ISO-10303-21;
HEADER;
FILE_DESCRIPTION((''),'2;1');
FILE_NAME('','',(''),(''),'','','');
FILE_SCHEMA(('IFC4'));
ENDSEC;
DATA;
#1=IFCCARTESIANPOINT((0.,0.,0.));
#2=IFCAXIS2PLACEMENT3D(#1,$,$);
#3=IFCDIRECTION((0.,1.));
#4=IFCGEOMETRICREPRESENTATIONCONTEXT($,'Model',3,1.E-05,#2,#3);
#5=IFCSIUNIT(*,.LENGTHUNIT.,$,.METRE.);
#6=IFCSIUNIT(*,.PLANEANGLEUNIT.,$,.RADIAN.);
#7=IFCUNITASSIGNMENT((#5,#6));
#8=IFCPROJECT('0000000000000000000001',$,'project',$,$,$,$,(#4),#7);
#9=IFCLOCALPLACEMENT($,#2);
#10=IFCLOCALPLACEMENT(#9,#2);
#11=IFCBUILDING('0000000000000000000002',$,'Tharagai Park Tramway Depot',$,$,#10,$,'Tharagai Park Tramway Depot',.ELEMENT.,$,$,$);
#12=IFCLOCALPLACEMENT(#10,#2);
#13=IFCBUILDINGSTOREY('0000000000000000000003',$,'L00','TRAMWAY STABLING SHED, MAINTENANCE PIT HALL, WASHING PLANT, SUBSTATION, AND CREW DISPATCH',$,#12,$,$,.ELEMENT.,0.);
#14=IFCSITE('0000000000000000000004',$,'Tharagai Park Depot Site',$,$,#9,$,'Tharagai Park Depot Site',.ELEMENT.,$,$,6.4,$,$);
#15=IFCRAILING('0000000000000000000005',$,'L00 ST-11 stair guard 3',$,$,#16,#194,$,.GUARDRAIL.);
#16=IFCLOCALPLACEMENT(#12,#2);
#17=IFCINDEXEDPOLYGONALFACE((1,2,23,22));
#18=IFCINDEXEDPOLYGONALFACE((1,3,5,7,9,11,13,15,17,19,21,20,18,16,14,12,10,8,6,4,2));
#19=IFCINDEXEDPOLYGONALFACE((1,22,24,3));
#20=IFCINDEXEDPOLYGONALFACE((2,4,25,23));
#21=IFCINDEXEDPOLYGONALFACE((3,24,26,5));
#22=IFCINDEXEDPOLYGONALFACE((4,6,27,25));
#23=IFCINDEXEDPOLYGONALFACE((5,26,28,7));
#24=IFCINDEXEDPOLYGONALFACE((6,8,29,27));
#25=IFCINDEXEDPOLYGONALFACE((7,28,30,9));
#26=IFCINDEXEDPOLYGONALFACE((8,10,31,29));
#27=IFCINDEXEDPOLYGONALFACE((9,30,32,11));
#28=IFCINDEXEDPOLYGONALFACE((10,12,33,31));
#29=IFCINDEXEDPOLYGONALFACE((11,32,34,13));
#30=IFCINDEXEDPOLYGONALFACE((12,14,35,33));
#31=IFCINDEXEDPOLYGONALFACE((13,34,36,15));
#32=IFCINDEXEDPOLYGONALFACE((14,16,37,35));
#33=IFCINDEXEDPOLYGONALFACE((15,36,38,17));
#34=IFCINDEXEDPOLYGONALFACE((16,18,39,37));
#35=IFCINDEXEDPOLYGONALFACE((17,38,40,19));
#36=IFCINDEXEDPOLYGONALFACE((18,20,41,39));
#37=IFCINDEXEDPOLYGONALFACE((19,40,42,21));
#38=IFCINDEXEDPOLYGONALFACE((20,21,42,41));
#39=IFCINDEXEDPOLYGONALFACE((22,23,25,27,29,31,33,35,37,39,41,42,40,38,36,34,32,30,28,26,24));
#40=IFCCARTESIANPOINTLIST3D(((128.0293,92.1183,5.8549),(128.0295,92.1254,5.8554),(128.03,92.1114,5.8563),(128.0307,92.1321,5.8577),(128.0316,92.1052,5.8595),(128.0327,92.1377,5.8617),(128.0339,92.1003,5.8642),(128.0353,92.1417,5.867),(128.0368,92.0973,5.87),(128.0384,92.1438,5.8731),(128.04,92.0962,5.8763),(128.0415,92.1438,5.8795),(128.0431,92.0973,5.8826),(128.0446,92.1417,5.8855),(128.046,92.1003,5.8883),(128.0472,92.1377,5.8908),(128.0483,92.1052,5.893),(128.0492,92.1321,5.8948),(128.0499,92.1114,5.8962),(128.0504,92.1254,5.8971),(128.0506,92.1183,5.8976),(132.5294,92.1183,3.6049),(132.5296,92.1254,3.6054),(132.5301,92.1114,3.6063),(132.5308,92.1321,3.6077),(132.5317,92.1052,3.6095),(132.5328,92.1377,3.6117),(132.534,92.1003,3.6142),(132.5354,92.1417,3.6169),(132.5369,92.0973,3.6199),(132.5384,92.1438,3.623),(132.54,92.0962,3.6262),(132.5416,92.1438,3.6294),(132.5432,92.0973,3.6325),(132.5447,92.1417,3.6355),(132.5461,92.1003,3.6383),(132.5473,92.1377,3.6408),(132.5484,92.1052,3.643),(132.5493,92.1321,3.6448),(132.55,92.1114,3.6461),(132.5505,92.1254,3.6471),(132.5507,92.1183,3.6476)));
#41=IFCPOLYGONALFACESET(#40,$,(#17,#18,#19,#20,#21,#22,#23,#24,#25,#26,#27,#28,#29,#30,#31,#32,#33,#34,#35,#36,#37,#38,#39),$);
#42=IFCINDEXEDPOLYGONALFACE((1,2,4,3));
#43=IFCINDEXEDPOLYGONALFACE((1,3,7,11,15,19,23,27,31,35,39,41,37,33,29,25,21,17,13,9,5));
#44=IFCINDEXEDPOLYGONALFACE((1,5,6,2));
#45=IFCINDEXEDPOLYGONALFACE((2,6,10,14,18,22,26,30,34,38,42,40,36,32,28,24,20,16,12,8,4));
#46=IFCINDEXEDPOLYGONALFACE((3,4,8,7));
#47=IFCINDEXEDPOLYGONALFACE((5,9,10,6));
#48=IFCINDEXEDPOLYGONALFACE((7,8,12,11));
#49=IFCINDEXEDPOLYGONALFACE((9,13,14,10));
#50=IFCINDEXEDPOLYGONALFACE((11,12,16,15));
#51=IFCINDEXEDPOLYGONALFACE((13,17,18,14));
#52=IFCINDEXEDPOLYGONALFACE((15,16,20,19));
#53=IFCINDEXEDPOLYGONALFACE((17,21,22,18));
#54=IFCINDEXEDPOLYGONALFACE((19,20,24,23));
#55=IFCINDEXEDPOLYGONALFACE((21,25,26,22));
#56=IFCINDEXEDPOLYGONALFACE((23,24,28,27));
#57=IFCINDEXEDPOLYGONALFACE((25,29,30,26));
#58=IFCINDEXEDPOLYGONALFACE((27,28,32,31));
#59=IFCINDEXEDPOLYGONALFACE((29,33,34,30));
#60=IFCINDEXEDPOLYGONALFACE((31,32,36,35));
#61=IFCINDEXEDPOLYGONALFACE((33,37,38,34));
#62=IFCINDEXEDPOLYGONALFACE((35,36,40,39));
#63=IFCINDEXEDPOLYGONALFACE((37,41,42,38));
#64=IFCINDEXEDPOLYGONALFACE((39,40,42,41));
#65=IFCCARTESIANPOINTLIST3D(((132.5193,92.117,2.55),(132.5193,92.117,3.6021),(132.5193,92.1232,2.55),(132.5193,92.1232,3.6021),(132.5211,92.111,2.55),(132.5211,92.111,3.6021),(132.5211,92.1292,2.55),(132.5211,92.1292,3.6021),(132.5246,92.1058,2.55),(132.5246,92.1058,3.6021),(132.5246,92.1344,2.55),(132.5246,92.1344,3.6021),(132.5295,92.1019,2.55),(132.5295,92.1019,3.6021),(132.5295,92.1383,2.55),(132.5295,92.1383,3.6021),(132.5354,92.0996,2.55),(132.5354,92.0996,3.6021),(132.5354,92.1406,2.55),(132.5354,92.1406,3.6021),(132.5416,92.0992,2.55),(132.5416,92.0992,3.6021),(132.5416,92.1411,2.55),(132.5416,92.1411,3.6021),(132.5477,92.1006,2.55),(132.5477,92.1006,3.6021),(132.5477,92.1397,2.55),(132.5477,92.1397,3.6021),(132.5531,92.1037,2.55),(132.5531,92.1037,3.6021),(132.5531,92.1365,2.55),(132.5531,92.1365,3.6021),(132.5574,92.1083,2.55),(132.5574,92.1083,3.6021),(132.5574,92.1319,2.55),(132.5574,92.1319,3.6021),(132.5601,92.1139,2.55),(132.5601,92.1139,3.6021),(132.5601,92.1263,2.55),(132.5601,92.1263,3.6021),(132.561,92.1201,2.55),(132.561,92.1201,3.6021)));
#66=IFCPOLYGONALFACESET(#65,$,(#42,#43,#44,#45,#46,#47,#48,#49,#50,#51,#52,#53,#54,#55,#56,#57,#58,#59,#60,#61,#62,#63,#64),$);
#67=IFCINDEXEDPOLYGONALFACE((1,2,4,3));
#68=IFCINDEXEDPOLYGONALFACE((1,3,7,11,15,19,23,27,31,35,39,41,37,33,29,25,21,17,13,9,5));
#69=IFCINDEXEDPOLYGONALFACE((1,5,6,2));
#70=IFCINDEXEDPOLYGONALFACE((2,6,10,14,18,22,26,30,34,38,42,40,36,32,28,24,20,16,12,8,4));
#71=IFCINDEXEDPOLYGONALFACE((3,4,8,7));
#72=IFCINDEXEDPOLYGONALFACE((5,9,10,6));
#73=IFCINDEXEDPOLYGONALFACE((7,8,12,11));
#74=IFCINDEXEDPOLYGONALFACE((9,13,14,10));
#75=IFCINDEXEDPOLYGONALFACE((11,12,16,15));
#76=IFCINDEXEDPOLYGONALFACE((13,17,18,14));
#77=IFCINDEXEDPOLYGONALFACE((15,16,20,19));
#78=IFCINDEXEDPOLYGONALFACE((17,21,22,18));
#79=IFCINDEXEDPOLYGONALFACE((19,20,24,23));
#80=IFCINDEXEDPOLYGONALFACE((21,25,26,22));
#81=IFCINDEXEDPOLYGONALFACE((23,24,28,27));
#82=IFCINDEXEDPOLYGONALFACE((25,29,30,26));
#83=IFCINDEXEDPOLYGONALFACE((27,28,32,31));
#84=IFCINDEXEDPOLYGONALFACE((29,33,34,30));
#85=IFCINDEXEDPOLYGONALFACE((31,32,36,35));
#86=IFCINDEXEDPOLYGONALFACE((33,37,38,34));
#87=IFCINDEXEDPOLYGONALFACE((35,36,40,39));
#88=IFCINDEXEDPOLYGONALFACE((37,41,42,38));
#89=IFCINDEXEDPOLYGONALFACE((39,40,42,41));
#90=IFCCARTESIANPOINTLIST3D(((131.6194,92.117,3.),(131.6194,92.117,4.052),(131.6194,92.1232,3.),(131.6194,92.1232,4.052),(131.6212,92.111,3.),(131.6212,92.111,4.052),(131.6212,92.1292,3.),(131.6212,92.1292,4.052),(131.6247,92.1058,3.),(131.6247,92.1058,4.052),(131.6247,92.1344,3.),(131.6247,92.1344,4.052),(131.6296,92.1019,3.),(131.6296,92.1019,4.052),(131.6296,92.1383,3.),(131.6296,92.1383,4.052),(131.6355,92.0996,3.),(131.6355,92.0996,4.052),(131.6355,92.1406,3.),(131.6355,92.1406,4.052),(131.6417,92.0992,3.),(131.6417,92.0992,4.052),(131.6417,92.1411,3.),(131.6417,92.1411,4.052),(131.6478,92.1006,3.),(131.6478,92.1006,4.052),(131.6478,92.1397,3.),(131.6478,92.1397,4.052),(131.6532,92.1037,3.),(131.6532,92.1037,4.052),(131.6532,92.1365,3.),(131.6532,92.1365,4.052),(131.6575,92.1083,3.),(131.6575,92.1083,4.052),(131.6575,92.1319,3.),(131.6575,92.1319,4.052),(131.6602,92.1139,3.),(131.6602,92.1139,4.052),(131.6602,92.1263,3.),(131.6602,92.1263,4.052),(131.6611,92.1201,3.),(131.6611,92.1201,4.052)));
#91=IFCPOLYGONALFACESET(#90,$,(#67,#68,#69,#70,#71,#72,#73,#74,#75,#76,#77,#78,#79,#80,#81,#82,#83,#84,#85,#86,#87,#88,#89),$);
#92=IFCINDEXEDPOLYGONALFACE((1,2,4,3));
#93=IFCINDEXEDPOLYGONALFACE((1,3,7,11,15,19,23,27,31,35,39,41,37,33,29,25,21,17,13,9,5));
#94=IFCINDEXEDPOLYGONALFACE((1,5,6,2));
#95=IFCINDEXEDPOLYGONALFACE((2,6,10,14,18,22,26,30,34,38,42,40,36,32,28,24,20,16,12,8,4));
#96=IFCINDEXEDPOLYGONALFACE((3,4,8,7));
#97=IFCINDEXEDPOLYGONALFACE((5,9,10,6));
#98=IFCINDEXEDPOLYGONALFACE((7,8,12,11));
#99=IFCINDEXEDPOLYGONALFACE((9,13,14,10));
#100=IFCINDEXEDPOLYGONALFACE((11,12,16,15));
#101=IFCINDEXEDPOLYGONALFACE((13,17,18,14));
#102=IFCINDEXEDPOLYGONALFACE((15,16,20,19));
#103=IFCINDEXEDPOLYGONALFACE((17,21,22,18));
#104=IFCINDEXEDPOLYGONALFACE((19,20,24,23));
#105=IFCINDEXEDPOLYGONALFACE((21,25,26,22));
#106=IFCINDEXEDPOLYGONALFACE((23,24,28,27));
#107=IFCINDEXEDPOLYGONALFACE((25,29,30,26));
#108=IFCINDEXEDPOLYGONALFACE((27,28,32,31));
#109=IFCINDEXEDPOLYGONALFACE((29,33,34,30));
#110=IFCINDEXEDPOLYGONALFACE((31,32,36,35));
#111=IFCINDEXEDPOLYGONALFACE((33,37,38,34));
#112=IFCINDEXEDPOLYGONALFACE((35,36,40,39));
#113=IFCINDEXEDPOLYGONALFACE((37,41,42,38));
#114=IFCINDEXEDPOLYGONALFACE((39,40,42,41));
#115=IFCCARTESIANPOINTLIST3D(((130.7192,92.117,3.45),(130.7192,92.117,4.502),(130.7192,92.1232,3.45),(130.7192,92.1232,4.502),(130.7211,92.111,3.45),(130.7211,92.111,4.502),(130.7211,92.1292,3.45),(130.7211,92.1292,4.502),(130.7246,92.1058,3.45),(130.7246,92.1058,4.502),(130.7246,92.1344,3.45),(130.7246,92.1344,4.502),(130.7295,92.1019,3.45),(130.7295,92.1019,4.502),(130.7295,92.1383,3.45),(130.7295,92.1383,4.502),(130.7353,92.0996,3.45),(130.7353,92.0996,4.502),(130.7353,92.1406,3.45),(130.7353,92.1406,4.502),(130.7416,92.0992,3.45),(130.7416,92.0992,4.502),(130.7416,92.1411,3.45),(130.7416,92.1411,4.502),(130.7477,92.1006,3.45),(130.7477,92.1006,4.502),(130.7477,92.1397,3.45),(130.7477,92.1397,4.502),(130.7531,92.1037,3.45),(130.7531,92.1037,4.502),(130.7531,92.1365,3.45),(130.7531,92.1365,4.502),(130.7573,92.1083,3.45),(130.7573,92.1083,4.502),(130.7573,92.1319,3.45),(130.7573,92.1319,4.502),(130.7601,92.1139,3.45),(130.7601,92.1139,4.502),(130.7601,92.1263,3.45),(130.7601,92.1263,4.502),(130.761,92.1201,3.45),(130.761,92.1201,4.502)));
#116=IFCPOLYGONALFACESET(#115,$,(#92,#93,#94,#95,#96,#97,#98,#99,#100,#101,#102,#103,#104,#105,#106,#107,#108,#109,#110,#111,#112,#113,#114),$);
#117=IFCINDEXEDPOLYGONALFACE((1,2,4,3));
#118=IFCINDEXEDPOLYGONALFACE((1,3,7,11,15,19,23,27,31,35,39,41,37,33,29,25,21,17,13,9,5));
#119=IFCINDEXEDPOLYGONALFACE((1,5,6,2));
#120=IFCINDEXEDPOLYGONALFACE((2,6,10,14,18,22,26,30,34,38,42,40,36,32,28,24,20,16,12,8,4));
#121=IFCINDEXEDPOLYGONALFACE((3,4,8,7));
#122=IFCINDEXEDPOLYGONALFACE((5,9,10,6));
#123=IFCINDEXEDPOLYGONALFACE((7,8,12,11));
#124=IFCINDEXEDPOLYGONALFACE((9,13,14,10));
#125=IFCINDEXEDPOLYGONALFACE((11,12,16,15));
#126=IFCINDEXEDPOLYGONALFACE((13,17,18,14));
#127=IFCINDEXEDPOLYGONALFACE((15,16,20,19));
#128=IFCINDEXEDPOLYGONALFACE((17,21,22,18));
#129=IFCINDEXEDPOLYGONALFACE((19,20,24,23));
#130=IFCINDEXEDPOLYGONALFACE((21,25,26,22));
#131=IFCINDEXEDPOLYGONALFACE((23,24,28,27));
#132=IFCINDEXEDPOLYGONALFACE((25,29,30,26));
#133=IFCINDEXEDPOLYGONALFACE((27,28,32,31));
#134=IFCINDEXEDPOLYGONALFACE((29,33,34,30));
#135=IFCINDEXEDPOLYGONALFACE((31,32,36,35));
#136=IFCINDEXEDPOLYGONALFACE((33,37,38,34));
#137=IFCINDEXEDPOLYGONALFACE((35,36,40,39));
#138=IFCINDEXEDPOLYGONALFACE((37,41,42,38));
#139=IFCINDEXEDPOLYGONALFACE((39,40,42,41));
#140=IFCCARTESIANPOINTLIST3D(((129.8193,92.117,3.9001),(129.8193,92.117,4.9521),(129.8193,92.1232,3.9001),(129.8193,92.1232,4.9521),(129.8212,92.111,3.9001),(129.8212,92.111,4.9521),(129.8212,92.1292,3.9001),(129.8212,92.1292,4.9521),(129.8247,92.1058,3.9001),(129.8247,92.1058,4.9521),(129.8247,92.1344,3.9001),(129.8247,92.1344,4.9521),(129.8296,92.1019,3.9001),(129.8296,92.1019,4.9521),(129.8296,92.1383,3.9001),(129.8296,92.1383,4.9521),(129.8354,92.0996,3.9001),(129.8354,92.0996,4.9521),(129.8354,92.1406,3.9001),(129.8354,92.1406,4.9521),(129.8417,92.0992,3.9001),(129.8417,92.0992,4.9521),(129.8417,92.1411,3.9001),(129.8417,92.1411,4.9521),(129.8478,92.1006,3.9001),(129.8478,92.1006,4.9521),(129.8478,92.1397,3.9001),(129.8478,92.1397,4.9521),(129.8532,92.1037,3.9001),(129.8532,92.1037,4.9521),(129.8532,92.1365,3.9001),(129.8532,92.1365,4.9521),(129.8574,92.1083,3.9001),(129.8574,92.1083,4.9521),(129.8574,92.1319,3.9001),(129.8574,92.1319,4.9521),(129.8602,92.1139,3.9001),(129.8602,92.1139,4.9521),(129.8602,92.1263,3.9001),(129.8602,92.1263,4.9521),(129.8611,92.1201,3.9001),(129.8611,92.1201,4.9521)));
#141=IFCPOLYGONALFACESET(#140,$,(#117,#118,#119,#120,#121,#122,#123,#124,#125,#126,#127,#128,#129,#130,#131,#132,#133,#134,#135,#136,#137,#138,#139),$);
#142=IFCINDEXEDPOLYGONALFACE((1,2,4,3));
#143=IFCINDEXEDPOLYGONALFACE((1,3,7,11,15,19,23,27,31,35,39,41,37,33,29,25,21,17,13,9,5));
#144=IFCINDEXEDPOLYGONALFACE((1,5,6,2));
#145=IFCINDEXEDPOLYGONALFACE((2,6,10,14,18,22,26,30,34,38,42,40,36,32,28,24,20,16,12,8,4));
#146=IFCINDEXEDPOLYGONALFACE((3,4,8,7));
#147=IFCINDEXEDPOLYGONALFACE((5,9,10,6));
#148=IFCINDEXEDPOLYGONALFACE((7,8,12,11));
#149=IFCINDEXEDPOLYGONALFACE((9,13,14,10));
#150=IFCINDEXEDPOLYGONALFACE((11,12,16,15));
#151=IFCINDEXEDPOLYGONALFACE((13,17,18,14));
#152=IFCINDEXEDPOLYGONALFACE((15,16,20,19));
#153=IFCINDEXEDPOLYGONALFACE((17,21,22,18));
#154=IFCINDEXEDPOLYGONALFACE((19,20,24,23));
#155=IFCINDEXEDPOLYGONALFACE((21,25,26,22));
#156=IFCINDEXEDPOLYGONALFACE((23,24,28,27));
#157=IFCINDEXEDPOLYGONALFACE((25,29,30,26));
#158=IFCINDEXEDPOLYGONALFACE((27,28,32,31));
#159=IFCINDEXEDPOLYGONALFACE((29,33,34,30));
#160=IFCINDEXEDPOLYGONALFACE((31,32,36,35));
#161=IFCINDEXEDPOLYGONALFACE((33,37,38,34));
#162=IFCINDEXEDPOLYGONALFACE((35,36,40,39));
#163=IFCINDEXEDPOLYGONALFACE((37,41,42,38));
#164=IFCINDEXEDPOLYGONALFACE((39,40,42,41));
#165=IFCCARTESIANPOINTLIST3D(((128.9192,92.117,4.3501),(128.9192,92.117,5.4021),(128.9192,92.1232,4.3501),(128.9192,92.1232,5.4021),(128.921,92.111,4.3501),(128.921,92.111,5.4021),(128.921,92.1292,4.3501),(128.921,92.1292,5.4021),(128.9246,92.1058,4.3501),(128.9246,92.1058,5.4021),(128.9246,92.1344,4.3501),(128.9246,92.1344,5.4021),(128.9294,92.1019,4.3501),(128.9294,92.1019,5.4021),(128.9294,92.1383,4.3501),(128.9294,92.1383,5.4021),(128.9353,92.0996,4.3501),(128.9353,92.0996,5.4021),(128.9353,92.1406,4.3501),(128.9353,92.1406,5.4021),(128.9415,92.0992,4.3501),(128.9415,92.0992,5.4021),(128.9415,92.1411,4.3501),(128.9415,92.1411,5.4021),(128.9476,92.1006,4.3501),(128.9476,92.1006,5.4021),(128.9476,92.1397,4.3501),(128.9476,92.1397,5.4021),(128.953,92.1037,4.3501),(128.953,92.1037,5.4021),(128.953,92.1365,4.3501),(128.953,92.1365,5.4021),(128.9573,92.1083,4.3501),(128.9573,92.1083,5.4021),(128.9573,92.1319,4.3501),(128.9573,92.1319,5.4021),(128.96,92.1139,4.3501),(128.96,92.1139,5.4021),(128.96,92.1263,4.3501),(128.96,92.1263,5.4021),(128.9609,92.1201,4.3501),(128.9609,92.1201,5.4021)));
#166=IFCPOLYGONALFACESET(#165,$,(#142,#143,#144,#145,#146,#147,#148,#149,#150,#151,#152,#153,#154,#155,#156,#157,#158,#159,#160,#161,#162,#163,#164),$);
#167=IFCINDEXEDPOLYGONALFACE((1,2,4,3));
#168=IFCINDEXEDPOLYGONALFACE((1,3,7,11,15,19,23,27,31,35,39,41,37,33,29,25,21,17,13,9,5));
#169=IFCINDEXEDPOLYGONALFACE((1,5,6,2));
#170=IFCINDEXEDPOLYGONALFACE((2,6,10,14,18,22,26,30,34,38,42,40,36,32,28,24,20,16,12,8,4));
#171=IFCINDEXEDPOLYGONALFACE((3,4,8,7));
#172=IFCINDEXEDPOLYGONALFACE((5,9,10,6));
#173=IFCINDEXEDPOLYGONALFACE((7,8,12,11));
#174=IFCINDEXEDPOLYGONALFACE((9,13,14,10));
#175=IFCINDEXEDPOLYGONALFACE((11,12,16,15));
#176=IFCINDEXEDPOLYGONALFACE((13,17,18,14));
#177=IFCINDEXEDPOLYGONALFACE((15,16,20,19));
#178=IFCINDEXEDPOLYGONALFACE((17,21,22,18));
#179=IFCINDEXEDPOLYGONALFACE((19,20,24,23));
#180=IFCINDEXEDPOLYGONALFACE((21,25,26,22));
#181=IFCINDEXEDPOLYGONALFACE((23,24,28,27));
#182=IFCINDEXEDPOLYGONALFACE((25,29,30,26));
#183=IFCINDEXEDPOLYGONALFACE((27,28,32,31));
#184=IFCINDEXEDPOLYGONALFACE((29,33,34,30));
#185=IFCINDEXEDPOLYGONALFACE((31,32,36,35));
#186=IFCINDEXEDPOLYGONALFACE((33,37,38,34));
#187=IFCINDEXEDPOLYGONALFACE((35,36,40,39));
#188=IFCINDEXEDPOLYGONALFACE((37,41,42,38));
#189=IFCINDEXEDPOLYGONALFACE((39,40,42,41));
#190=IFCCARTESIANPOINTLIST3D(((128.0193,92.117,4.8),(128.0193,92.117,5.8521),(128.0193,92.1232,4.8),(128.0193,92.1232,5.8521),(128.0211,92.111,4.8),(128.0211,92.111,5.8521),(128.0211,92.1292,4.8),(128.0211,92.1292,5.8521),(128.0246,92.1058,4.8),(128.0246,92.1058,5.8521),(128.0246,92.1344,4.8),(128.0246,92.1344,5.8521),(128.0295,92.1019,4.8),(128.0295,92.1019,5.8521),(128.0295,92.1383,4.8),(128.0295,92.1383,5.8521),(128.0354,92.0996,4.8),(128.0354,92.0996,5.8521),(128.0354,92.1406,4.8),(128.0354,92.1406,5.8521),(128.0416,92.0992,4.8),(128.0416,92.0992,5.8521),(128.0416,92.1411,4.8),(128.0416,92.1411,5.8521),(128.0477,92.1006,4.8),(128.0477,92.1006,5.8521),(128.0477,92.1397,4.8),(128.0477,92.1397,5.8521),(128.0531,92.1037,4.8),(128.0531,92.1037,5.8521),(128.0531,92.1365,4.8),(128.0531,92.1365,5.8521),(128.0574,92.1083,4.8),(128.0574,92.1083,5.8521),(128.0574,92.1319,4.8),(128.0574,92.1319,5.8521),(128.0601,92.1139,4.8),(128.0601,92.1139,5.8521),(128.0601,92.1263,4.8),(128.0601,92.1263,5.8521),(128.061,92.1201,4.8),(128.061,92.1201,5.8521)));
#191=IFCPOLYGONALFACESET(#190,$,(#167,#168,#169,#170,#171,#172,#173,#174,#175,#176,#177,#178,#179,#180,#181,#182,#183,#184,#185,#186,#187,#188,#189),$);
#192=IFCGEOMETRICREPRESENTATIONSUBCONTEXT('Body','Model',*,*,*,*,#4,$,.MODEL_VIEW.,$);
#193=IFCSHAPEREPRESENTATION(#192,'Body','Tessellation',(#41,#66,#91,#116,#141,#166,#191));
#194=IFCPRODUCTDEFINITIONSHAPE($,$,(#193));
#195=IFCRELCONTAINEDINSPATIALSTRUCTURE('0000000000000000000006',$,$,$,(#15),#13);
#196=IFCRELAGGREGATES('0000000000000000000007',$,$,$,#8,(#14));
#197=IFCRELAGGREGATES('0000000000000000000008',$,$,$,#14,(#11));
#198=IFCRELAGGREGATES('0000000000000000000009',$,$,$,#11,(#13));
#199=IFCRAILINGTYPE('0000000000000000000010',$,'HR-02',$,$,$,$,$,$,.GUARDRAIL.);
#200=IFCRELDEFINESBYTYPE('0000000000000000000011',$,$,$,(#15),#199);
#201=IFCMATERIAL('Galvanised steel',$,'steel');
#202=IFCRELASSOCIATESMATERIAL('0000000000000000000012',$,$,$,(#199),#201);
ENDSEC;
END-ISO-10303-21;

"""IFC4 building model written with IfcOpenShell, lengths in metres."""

from ifc_helpers import new_model, si_unit, direction, frame, origin, origin_2d, place, context, subcontext, project, spatial, circle, extrude, material, type_object, element, save


model = new_model("IFC4")

# Units and contexts
model_context = context("Model", 3, precision=1e-05, world=origin(), true_north=direction((0.0, 1.0)))
body_context = subcontext(model_context, "Body", "Model", "MODEL_VIEW")
ifc_project = project(units=[si_unit("LENGTHUNIT", "METRE"), si_unit("PLANEANGLEUNIT", "RADIAN")], contexts=[model_context])

# Site, building, storey
site_placement = place(None, origin())
site = spatial("IfcSite", under=ifc_project, at=site_placement, Name="Tharagai Park Depot Site", LongName="Tharagai Park Depot Site", CompositionType="ELEMENT", RefElevation=6.4)
building_placement = place(site_placement, origin())
building = spatial("IfcBuilding", under=site, at=building_placement, Name="Tharagai Park Tramway Depot", LongName="Tharagai Park Tramway Depot", CompositionType="ELEMENT")
storey_placement = place(building_placement, origin())
storey = spatial("IfcBuildingStorey", under=building, at=storey_placement, Name="L00", Description="TRAMWAY STABLING SHED, MAINTENANCE PIT HALL, WASHING PLANT, SUBSTATION, AND CREW DISPATCH", CompositionType="ELEMENT", Elevation=0.0)

# Shared definitions
ifc_material_1 = material(Name="Galvanised steel", Category="steel")

# Railing
railing_type_1 = type_object("IfcRailingType", Name="HR-02", PredefinedType="GUARDRAIL", material=ifc_material_1)
railing_1_placement = place(storey_placement, frame((132.54, 92.1201, 2.55)))
element("IfcRailing", 1, at=railing_1_placement, inside=storey, type_object=railing_type_1, Name="L00 ST-11 stair guard 3", PredefinedType="GUARDRAIL", context=body_context, shape_type="SweptSolid", body=[
    extrude(circle(Radius=0.0239, at=origin_2d()), frame((0.0, 0.0, 1.0762), z_axis=(-0.894427, 0.0, 0.447214), x_axis=(0.0, -1.0, 0.0)), (0.0, 0.0, 1.0), 5.0312),
    extrude(circle(Radius=0.021, at=origin_2d()), origin(), (0.0, 0.0, 1.0), 1.052),
    extrude(circle(Radius=0.021, at=origin_2d()), frame((-0.8999, 0.0, 0.45)), (0.0, 0.0, 1.0), 1.052),
    extrude(circle(Radius=0.021, at=origin_2d()), frame((-1.8, 0.0, 0.8999)), (0.0, 0.0, 1.0), 1.052),
    extrude(circle(Radius=0.021, at=origin_2d()), frame((-2.7, 0.0, 1.3501)), (0.0, 0.0, 1.0), 1.052),
    extrude(circle(Radius=0.021, at=origin_2d()), frame((-3.6001, 0.0, 1.8)), (0.0, 0.0, 1.0), 1.052),
    extrude(circle(Radius=0.021, at=origin_2d()), frame((-4.5, 0.0, 2.25)), (0.0, 0.0, 1.0), 1.052),
])

save(model, "model.ifc")
